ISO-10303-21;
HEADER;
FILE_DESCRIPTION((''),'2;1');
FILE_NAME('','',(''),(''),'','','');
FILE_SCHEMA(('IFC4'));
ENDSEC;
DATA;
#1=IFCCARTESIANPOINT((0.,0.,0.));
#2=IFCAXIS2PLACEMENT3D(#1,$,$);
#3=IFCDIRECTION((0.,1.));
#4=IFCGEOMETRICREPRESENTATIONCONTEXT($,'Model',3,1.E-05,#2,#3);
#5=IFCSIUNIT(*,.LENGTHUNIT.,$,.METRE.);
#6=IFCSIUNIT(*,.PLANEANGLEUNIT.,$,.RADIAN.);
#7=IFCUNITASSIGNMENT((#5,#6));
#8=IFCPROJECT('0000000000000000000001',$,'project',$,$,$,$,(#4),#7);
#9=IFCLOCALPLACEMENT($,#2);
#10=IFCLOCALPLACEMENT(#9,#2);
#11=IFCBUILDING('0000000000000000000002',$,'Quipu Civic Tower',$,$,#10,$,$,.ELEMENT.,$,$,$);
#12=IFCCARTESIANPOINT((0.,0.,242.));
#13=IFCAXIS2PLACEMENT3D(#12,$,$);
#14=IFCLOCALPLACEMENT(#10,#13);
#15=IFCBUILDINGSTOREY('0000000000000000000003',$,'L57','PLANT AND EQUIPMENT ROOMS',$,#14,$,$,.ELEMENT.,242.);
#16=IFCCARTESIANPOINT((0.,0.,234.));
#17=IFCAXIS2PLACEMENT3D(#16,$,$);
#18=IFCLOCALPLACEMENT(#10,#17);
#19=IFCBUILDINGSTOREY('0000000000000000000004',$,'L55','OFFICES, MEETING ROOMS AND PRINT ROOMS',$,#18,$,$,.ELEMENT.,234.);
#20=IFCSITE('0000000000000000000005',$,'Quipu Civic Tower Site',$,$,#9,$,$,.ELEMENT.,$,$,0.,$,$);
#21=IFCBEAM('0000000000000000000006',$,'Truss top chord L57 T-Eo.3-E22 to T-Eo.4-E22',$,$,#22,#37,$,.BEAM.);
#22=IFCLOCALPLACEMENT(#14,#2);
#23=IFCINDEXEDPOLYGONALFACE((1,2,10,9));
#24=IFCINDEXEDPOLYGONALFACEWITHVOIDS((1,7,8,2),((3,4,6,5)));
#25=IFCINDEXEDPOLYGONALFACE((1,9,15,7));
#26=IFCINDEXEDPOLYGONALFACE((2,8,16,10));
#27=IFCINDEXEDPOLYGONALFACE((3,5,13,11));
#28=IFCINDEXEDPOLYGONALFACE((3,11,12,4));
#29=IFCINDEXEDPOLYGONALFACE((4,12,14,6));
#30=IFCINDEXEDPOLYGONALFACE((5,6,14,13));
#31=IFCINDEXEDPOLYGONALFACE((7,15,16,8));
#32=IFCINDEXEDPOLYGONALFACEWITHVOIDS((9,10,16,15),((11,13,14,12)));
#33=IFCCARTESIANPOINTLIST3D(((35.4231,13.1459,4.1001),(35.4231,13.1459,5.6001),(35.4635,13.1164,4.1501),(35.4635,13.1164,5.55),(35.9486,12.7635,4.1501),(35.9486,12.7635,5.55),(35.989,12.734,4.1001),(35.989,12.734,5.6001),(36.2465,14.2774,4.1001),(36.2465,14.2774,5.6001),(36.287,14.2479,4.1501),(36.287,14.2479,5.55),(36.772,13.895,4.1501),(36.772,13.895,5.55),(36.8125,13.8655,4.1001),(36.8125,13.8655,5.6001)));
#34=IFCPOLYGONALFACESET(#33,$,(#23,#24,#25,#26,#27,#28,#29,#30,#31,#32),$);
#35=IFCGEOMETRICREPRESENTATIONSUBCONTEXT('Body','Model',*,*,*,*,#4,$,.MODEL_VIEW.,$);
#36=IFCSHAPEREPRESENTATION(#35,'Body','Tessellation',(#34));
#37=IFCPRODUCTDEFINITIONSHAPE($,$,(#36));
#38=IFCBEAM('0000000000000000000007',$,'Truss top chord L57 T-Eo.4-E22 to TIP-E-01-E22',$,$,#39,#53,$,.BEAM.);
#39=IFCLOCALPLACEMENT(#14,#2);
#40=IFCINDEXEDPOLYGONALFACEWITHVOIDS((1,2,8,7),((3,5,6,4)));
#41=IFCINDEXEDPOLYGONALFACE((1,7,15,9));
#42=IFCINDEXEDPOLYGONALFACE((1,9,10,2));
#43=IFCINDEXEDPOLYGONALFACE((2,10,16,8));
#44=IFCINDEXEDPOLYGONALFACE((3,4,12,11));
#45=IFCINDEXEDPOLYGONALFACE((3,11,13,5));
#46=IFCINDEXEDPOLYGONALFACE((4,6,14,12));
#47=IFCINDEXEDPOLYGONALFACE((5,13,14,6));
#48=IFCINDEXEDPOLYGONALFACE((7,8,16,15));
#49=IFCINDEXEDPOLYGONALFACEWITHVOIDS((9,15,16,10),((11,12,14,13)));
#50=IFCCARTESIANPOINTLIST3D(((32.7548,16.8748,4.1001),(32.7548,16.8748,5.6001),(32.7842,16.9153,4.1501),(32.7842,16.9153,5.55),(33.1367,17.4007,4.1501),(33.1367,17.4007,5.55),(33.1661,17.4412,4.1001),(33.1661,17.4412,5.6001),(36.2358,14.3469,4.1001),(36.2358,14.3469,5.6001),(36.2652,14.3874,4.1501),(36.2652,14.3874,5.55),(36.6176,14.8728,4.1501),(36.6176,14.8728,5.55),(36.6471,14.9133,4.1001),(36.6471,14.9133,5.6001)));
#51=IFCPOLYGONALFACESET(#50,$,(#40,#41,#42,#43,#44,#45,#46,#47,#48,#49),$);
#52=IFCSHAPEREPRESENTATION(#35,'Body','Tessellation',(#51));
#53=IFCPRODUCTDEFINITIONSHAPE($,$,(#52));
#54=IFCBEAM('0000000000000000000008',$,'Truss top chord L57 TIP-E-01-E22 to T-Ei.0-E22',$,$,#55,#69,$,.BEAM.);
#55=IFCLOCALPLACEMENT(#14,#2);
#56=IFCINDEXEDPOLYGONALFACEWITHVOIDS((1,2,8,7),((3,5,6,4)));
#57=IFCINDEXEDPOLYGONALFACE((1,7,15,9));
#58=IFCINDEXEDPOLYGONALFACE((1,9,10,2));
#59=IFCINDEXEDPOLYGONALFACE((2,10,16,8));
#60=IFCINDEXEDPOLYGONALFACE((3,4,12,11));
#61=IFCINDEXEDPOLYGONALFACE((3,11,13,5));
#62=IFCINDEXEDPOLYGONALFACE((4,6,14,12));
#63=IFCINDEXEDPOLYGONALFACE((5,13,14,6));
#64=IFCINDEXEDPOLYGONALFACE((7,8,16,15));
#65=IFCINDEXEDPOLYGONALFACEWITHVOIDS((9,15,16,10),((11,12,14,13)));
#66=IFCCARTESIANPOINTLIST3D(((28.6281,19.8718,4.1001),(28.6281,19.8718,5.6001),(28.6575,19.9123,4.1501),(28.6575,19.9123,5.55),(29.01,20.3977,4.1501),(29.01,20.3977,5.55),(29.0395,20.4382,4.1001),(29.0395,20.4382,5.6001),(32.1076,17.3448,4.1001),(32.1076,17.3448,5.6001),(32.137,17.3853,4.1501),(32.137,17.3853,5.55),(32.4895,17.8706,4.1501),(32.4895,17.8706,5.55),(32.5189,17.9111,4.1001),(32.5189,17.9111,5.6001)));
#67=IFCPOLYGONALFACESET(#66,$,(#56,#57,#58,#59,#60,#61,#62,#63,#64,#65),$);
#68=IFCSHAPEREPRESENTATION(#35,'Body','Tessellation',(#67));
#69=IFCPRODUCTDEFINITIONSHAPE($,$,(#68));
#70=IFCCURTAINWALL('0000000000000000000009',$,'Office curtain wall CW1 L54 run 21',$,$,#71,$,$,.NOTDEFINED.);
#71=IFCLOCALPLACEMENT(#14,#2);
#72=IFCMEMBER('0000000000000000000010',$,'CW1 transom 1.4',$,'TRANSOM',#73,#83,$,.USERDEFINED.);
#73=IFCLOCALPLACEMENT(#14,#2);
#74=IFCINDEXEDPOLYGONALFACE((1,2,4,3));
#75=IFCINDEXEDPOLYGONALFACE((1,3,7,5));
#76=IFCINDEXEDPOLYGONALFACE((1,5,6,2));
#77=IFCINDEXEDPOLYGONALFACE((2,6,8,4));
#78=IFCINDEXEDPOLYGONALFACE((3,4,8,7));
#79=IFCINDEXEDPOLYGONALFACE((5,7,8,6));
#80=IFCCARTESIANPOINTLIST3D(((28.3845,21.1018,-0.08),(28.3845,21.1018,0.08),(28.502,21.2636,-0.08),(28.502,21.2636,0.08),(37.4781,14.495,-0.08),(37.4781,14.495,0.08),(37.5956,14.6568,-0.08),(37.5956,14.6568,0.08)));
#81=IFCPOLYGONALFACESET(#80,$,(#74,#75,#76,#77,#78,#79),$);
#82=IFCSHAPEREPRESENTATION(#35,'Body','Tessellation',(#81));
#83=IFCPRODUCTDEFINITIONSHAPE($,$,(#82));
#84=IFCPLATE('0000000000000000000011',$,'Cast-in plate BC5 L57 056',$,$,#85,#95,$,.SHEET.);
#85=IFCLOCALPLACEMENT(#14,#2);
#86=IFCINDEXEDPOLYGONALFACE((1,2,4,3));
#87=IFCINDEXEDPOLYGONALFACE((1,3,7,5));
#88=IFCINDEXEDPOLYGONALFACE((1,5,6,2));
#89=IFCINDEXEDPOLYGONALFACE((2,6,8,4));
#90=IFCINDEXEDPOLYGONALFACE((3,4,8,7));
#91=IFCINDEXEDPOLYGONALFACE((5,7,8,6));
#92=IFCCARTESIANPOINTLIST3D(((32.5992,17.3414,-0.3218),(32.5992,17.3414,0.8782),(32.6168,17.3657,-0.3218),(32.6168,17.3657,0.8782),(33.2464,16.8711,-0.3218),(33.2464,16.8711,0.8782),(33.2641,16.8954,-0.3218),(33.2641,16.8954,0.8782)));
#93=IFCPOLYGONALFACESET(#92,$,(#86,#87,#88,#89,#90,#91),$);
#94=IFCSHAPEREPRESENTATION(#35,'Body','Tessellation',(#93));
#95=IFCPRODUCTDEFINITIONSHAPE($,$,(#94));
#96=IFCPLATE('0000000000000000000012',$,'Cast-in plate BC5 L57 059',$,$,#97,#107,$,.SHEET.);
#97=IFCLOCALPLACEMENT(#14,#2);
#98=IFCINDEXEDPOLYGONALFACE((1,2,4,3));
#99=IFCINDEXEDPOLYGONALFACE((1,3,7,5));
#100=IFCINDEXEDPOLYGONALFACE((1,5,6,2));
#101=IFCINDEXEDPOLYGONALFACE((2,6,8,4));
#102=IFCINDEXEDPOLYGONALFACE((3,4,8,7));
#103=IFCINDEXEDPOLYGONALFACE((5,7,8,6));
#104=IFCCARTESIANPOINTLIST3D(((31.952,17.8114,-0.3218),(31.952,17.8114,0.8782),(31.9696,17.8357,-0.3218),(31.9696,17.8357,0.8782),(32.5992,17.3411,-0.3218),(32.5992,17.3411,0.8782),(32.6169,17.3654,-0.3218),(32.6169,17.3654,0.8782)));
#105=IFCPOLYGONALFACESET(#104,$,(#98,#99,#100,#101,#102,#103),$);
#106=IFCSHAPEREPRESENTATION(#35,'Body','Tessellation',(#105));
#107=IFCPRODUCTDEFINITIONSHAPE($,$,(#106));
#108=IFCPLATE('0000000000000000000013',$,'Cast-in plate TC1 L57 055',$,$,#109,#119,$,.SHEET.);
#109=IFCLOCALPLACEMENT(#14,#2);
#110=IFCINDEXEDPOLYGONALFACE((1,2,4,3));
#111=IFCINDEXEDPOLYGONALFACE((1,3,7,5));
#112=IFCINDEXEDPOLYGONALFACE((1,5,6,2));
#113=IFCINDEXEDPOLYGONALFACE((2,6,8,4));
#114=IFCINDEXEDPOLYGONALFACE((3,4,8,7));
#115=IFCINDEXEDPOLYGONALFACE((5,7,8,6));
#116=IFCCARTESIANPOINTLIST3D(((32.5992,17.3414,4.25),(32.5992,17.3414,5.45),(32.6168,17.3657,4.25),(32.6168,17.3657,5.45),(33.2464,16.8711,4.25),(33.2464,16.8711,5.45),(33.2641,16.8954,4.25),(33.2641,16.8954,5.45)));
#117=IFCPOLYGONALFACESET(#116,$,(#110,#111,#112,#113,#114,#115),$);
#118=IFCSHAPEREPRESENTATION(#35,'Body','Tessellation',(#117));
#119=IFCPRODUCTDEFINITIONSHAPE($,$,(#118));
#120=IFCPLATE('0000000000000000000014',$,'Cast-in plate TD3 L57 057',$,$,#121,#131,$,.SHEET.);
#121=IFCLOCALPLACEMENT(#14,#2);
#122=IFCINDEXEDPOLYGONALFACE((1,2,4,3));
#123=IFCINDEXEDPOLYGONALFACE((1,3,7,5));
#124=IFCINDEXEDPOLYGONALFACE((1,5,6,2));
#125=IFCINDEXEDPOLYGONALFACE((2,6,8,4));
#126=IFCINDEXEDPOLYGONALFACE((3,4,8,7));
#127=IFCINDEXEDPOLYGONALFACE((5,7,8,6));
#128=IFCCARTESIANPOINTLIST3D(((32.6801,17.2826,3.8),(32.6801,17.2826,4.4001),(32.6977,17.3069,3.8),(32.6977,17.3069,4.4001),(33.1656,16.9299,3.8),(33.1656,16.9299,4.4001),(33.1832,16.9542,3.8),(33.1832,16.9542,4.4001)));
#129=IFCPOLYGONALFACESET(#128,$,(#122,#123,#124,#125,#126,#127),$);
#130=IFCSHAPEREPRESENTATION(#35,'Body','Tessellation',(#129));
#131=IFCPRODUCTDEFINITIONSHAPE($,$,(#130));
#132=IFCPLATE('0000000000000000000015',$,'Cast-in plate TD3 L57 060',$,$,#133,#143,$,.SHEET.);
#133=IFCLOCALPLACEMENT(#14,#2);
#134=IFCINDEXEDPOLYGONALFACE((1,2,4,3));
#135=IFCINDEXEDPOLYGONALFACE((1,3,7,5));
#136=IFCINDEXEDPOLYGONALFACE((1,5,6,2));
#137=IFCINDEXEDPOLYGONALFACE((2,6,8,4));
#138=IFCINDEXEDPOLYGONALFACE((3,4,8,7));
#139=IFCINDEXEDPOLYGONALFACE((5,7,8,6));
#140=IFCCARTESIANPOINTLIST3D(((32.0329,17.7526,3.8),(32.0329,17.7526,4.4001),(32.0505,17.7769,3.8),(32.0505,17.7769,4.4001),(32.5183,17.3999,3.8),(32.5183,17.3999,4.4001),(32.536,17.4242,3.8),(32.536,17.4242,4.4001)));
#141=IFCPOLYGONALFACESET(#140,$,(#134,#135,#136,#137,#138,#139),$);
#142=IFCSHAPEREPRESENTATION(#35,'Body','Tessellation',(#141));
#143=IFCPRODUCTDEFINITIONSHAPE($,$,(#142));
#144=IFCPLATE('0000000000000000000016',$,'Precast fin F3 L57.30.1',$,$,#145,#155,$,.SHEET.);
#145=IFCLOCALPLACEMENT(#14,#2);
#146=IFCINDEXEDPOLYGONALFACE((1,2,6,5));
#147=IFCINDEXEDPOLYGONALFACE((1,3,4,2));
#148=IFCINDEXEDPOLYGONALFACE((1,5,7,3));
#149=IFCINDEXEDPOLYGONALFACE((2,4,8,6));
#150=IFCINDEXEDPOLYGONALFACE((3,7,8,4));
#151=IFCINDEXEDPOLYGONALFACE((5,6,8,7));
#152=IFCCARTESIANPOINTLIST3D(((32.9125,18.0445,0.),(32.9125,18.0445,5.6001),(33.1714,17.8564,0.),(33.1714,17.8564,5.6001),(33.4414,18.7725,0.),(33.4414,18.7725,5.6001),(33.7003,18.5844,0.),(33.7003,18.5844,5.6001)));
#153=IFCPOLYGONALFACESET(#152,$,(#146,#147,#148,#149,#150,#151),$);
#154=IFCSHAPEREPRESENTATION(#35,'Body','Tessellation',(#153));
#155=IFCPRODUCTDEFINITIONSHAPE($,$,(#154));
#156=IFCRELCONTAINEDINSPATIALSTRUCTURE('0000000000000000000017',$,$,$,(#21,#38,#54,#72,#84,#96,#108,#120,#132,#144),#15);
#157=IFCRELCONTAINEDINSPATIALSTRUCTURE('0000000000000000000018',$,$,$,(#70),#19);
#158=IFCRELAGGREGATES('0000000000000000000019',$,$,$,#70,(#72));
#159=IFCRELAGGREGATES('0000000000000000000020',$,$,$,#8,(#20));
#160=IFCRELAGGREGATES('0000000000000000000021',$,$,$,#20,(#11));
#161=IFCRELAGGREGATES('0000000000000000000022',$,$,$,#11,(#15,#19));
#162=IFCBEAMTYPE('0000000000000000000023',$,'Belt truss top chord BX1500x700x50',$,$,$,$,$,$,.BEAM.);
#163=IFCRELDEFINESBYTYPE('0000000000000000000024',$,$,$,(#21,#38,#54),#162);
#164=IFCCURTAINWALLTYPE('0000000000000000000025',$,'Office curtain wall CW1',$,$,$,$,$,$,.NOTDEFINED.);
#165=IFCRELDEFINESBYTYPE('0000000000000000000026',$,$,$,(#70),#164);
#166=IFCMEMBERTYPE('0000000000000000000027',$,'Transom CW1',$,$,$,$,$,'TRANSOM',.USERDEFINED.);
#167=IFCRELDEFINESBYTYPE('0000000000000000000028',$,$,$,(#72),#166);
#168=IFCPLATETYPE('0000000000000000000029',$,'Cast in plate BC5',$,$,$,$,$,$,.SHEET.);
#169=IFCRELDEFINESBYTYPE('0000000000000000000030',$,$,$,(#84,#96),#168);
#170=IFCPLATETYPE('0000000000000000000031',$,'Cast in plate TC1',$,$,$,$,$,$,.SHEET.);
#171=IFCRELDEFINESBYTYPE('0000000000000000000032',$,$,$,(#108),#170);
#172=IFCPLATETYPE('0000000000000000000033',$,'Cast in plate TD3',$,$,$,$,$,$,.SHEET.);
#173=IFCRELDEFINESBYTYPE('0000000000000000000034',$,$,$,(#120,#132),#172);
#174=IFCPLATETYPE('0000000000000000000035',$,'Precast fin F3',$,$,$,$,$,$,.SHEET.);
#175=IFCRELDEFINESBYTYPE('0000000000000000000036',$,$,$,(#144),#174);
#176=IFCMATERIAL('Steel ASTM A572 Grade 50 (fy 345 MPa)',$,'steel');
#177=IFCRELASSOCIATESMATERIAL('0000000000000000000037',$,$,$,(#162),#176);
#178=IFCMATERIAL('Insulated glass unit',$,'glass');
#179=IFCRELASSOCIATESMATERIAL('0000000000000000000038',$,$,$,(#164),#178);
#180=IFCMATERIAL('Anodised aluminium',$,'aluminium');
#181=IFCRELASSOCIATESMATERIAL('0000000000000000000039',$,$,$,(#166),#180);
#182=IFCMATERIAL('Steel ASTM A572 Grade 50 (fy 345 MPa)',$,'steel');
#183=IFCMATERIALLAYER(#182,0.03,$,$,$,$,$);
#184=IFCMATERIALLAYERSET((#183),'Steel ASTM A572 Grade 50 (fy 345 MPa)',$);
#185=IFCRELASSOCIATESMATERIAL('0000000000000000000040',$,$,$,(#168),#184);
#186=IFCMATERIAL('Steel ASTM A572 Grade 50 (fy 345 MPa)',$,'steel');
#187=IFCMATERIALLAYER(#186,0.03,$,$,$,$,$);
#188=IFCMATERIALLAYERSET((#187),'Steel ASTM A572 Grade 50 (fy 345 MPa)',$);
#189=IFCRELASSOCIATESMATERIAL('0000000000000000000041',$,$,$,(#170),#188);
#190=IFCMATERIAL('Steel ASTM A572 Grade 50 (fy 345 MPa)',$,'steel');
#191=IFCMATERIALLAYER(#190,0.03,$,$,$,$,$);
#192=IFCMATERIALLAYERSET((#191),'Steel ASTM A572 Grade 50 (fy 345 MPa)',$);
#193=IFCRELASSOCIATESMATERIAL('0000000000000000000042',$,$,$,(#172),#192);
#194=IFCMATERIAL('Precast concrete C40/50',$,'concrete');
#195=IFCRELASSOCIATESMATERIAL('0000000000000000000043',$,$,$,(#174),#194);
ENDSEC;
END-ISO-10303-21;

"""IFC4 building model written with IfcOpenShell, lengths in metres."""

from ifc_helpers import new_model, si_unit, direction, frame, origin, origin_2d, place, context, subcontext, project, spatial, rectangle, hollow_rectangle, extrude, material, layer, layer_set, material_profile, profile_set, type_object, element, aggregate, save


model = new_model("IFC4")

# Units and contexts
model_context = context("Model", 3, precision=1e-05, world=origin(), true_north=direction((0.0, 1.0)))
body_context = subcontext(model_context, "Body", "Model", "MODEL_VIEW")
ifc_project = project(units=[si_unit("LENGTHUNIT", "METRE"), si_unit("PLANEANGLEUNIT", "RADIAN")], contexts=[model_context])

# Site, building, storey
site_placement = place(None, origin())
site = spatial("IfcSite", under=ifc_project, at=site_placement, Name="Quipu Civic Tower Site", CompositionType="ELEMENT", RefElevation=0.0)
building_placement = place(site_placement, origin())
building = spatial("IfcBuilding", under=site, at=building_placement, Name="Quipu Civic Tower", CompositionType="ELEMENT")
storey_1_placement = place(building_placement, frame((0.0, 0.0, 242.0)))
storey_1 = spatial("IfcBuildingStorey", under=building, at=storey_1_placement, Name="L57", Description="PLANT AND EQUIPMENT ROOMS", CompositionType="ELEMENT", Elevation=242.0)

# Beams
ifc_material_1 = material(Name="Steel ASTM A572 Grade 50 (fy 345 MPa)", Category="steel")
ifc_material_profile_1 = material_profile(ifc_material_1, hollow_rectangle(XDim=0.7, YDim=1.5, WallThickness=0.05, at=origin_2d()), Name="BX1500x700x50")
ifc_profile_set_1 = profile_set([ifc_material_profile_1], Name="Steel ASTM A572 Grade 50 (fy 345 MPa)")
beam_type_1 = type_object("IfcBeamType", Name="Belt truss top chord BX1500x700x50", PredefinedType="BEAM", material=ifc_profile_set_1)
beam_1_placement = place(storey_1_placement, frame((35.7061, 12.9399, 4.8501), z_axis=(0.58841, 0.808563, 0.0), x_axis=(-0.808563, 0.58841, 0.0)))
element("IfcBeam", 1, at=beam_1_placement, inside=storey_1, type_object=beam_type_1, Name="Truss top chord L57 T-Eo.3-E22 to T-Eo.4-E22", PredefinedType="BEAM", context=body_context, shape_type="SweptSolid", body=[
    extrude(hollow_rectangle(XDim=0.7, YDim=1.5, WallThickness=0.05, at=origin_2d()), origin(), (0.0, 0.0, 1.0), 1.3994),
])
beam_2_placement = place(storey_1_placement, frame((36.4414, 14.6301, 4.8501), z_axis=(-0.809153, 0.587598, 0.0), x_axis=(-0.587598, -0.809153, 0.0)))
element("IfcBeam", 2, at=beam_2_placement, inside=storey_1, type_object=beam_type_1, Name="Truss top chord L57 T-Eo.4-E22 to TIP-E-01-E22", PredefinedType="BEAM", context=body_context, shape_type="SweptSolid", body=[
    extrude(hollow_rectangle(XDim=0.7, YDim=1.5, WallThickness=0.05, at=origin_2d()), origin(), (0.0, 0.0, 1.0), 4.302),
])
beam_3_placement = place(storey_1_placement, frame((32.3132, 17.6279, 4.8501), z_axis=(-0.809116, 0.587648, 0.0), x_axis=(-0.587648, -0.809116, 0.0)))
element("IfcBeam", 3, at=beam_3_placement, inside=storey_1, type_object=beam_type_1, Name="Truss top chord L57 TIP-E-01-E22 to T-Ei.0-E22", PredefinedType="BEAM", context=body_context, shape_type="SweptSolid", body=[
    extrude(hollow_rectangle(XDim=0.7, YDim=1.5, WallThickness=0.05, at=origin_2d()), origin(), (0.0, 0.0, 1.0), 4.3003),
])

# Shared definitions
storey_2_placement = place(building_placement, frame((0.0, 0.0, 234.0)))
storey_2 = spatial("IfcBuildingStorey", under=building, at=storey_2_placement, Name="L55", Description="OFFICES, MEETING ROOMS AND PRINT ROOMS", CompositionType="ELEMENT", Elevation=234.0)

# Curtain wall, member
ifc_material_2 = material(Name="Insulated glass unit", Category="glass")
curtain_wall_type = type_object("IfcCurtainWallType", Name="Office curtain wall CW1", PredefinedType="NOTDEFINED", material=ifc_material_2)
curtain_wall_placement = place(storey_2_placement, origin())
curtain_wall = element("IfcCurtainWall", 4, at=curtain_wall_placement, inside=storey_2, type_object=curtain_wall_type, Name="Office curtain wall CW1 L54 run 21", PredefinedType="NOTDEFINED")
ifc_material_3 = material(Name="Anodised aluminium", Category="aluminium")
ifc_material_profile_2 = material_profile(ifc_material_3, rectangle(XDim=0.2, YDim=0.1599, at=origin_2d()), Name="RECT 200x160")
ifc_profile_set_2 = profile_set([ifc_material_profile_2], Name="Anodised aluminium")
member_type_1 = type_object("IfcMemberType", Name="Transom CW1", ElementType="TRANSOM", PredefinedType="USERDEFINED", material=ifc_profile_set_2)
member_1_placement = place(storey_1_placement, frame((37.5369, 14.5759, 0.0), z_axis=(-0.809022, 0.587778, 0.0), x_axis=(-0.587778, -0.809022, 0.0)))
member_1 = element("IfcMember", 5, at=member_1_placement, inside=storey_1, type_object=member_type_1, Name="CW1 transom 1.4", ObjectType="TRANSOM", PredefinedType="USERDEFINED", context=body_context, shape_type="SweptSolid", body=[
    extrude(rectangle(XDim=0.2, YDim=0.1599, at=origin_2d()), origin(), (0.0, 0.0, 1.0), 11.2402),
])
aggregate(curtain_wall, [member_1])

# Plates
ifc_material_4 = material(Name="Steel ASTM A572 Grade 50 (fy 345 MPa)", Category="steel")
ifc_layer_1 = layer(ifc_material_4, 0.03)
ifc_layer_set_1 = layer_set([ifc_layer_1], Name="Steel ASTM A572 Grade 50 (fy 345 MPa)")
plate_type_1 = type_object("IfcPlateType", Name="Cast in plate BC5", PredefinedType="SHEET", material=ifc_layer_set_1)
for number, where, z_axis, x_axis, name in (
    (6, (32.9316, 17.1184, -0.3218), (0.0, 0.0, 1.0), (0.809007, -0.587799, 0.0), "Cast-in plate BC5 L57 056"),
    (7, (32.2844, 17.5884, -0.3218), (0.0, 0.0, 1.0), (0.809007, -0.587799, 0.0), "Cast-in plate BC5 L57 059"),
):
    element("IfcPlate", number, at=place(storey_1_placement, frame(where, z_axis=z_axis, x_axis=x_axis)), inside=storey_1, type_object=plate_type_1, Name=name, PredefinedType="SHEET", context=body_context, shape_type="SweptSolid", body=[
        extrude(rectangle(XDim=0.8, YDim=0.03, at=origin_2d()), origin(), (0.0, 0.0, 1.0), 1.2),
    ])
ifc_material_5 = material(Name="Steel ASTM A572 Grade 50 (fy 345 MPa)", Category="steel")
ifc_layer_2 = layer(ifc_material_5, 0.03)
ifc_layer_set_2 = layer_set([ifc_layer_2], Name="Steel ASTM A572 Grade 50 (fy 345 MPa)")
plate_type_2 = type_object("IfcPlateType", Name="Cast in plate TC1", PredefinedType="SHEET", material=ifc_layer_set_2)
plate_1_placement = place(storey_1_placement, frame((32.9316, 17.1184, 4.25), z_axis=(0.0, 0.0, 1.0), x_axis=(0.809007, -0.587799, 0.0)))
element("IfcPlate", 8, at=plate_1_placement, inside=storey_1, type_object=plate_type_2, Name="Cast-in plate TC1 L57 055", PredefinedType="SHEET", context=body_context, shape_type="SweptSolid", body=[
    extrude(rectangle(XDim=0.8, YDim=0.03, at=origin_2d()), origin(), (0.0, 0.0, 1.0), 1.2),
])
ifc_material_6 = material(Name="Steel ASTM A572 Grade 50 (fy 345 MPa)", Category="steel")
ifc_layer_3 = layer(ifc_material_6, 0.03)
ifc_layer_set_3 = layer_set([ifc_layer_3], Name="Steel ASTM A572 Grade 50 (fy 345 MPa)")
plate_type_3 = type_object("IfcPlateType", Name="Cast in plate TD3", PredefinedType="SHEET", material=ifc_layer_set_3)
for number, where, z_axis, x_axis, name in (
    (9, (32.9316, 17.1184, 3.8), (0.0, 0.0, 1.0), (0.809007, -0.587799, 0.0), "Cast-in plate TD3 L57 057"),
    (10, (32.2844, 17.5884, 3.8), (0.0, 0.0, 1.0), (0.809007, -0.587799, 0.0), "Cast-in plate TD3 L57 060"),
):
    element("IfcPlate", number, at=place(storey_1_placement, frame(where, z_axis=z_axis, x_axis=x_axis)), inside=storey_1, type_object=plate_type_3, Name=name, PredefinedType="SHEET", context=body_context, shape_type="SweptSolid", body=[
        extrude(rectangle(XDim=0.6001, YDim=0.03, at=origin_2d()), origin(), (0.0, 0.0, 1.0), 0.6001),
    ])
ifc_material_7 = material(Name="Precast concrete C40/50", Category="concrete")
plate_type_4 = type_object("IfcPlateType", Name="Precast fin F3", PredefinedType="SHEET", material=ifc_material_7)
plate_2_placement = place(storey_1_placement, frame((33.3064, 18.3145, 0.0), z_axis=(0.0, 0.0, 1.0), x_axis=(-0.809017, 0.587785, 0.0)))
element("IfcPlate", 11, at=plate_2_placement, inside=storey_1, type_object=plate_type_4, Name="Precast fin F3 L57.30.1", PredefinedType="SHEET", context=body_context, shape_type="SweptSolid", body=[
    extrude(rectangle(XDim=0.3201, YDim=0.8999, at=origin_2d()), origin(), (0.0, 0.0, 1.0), 5.6001),
])

save(model, "model.ifc")
